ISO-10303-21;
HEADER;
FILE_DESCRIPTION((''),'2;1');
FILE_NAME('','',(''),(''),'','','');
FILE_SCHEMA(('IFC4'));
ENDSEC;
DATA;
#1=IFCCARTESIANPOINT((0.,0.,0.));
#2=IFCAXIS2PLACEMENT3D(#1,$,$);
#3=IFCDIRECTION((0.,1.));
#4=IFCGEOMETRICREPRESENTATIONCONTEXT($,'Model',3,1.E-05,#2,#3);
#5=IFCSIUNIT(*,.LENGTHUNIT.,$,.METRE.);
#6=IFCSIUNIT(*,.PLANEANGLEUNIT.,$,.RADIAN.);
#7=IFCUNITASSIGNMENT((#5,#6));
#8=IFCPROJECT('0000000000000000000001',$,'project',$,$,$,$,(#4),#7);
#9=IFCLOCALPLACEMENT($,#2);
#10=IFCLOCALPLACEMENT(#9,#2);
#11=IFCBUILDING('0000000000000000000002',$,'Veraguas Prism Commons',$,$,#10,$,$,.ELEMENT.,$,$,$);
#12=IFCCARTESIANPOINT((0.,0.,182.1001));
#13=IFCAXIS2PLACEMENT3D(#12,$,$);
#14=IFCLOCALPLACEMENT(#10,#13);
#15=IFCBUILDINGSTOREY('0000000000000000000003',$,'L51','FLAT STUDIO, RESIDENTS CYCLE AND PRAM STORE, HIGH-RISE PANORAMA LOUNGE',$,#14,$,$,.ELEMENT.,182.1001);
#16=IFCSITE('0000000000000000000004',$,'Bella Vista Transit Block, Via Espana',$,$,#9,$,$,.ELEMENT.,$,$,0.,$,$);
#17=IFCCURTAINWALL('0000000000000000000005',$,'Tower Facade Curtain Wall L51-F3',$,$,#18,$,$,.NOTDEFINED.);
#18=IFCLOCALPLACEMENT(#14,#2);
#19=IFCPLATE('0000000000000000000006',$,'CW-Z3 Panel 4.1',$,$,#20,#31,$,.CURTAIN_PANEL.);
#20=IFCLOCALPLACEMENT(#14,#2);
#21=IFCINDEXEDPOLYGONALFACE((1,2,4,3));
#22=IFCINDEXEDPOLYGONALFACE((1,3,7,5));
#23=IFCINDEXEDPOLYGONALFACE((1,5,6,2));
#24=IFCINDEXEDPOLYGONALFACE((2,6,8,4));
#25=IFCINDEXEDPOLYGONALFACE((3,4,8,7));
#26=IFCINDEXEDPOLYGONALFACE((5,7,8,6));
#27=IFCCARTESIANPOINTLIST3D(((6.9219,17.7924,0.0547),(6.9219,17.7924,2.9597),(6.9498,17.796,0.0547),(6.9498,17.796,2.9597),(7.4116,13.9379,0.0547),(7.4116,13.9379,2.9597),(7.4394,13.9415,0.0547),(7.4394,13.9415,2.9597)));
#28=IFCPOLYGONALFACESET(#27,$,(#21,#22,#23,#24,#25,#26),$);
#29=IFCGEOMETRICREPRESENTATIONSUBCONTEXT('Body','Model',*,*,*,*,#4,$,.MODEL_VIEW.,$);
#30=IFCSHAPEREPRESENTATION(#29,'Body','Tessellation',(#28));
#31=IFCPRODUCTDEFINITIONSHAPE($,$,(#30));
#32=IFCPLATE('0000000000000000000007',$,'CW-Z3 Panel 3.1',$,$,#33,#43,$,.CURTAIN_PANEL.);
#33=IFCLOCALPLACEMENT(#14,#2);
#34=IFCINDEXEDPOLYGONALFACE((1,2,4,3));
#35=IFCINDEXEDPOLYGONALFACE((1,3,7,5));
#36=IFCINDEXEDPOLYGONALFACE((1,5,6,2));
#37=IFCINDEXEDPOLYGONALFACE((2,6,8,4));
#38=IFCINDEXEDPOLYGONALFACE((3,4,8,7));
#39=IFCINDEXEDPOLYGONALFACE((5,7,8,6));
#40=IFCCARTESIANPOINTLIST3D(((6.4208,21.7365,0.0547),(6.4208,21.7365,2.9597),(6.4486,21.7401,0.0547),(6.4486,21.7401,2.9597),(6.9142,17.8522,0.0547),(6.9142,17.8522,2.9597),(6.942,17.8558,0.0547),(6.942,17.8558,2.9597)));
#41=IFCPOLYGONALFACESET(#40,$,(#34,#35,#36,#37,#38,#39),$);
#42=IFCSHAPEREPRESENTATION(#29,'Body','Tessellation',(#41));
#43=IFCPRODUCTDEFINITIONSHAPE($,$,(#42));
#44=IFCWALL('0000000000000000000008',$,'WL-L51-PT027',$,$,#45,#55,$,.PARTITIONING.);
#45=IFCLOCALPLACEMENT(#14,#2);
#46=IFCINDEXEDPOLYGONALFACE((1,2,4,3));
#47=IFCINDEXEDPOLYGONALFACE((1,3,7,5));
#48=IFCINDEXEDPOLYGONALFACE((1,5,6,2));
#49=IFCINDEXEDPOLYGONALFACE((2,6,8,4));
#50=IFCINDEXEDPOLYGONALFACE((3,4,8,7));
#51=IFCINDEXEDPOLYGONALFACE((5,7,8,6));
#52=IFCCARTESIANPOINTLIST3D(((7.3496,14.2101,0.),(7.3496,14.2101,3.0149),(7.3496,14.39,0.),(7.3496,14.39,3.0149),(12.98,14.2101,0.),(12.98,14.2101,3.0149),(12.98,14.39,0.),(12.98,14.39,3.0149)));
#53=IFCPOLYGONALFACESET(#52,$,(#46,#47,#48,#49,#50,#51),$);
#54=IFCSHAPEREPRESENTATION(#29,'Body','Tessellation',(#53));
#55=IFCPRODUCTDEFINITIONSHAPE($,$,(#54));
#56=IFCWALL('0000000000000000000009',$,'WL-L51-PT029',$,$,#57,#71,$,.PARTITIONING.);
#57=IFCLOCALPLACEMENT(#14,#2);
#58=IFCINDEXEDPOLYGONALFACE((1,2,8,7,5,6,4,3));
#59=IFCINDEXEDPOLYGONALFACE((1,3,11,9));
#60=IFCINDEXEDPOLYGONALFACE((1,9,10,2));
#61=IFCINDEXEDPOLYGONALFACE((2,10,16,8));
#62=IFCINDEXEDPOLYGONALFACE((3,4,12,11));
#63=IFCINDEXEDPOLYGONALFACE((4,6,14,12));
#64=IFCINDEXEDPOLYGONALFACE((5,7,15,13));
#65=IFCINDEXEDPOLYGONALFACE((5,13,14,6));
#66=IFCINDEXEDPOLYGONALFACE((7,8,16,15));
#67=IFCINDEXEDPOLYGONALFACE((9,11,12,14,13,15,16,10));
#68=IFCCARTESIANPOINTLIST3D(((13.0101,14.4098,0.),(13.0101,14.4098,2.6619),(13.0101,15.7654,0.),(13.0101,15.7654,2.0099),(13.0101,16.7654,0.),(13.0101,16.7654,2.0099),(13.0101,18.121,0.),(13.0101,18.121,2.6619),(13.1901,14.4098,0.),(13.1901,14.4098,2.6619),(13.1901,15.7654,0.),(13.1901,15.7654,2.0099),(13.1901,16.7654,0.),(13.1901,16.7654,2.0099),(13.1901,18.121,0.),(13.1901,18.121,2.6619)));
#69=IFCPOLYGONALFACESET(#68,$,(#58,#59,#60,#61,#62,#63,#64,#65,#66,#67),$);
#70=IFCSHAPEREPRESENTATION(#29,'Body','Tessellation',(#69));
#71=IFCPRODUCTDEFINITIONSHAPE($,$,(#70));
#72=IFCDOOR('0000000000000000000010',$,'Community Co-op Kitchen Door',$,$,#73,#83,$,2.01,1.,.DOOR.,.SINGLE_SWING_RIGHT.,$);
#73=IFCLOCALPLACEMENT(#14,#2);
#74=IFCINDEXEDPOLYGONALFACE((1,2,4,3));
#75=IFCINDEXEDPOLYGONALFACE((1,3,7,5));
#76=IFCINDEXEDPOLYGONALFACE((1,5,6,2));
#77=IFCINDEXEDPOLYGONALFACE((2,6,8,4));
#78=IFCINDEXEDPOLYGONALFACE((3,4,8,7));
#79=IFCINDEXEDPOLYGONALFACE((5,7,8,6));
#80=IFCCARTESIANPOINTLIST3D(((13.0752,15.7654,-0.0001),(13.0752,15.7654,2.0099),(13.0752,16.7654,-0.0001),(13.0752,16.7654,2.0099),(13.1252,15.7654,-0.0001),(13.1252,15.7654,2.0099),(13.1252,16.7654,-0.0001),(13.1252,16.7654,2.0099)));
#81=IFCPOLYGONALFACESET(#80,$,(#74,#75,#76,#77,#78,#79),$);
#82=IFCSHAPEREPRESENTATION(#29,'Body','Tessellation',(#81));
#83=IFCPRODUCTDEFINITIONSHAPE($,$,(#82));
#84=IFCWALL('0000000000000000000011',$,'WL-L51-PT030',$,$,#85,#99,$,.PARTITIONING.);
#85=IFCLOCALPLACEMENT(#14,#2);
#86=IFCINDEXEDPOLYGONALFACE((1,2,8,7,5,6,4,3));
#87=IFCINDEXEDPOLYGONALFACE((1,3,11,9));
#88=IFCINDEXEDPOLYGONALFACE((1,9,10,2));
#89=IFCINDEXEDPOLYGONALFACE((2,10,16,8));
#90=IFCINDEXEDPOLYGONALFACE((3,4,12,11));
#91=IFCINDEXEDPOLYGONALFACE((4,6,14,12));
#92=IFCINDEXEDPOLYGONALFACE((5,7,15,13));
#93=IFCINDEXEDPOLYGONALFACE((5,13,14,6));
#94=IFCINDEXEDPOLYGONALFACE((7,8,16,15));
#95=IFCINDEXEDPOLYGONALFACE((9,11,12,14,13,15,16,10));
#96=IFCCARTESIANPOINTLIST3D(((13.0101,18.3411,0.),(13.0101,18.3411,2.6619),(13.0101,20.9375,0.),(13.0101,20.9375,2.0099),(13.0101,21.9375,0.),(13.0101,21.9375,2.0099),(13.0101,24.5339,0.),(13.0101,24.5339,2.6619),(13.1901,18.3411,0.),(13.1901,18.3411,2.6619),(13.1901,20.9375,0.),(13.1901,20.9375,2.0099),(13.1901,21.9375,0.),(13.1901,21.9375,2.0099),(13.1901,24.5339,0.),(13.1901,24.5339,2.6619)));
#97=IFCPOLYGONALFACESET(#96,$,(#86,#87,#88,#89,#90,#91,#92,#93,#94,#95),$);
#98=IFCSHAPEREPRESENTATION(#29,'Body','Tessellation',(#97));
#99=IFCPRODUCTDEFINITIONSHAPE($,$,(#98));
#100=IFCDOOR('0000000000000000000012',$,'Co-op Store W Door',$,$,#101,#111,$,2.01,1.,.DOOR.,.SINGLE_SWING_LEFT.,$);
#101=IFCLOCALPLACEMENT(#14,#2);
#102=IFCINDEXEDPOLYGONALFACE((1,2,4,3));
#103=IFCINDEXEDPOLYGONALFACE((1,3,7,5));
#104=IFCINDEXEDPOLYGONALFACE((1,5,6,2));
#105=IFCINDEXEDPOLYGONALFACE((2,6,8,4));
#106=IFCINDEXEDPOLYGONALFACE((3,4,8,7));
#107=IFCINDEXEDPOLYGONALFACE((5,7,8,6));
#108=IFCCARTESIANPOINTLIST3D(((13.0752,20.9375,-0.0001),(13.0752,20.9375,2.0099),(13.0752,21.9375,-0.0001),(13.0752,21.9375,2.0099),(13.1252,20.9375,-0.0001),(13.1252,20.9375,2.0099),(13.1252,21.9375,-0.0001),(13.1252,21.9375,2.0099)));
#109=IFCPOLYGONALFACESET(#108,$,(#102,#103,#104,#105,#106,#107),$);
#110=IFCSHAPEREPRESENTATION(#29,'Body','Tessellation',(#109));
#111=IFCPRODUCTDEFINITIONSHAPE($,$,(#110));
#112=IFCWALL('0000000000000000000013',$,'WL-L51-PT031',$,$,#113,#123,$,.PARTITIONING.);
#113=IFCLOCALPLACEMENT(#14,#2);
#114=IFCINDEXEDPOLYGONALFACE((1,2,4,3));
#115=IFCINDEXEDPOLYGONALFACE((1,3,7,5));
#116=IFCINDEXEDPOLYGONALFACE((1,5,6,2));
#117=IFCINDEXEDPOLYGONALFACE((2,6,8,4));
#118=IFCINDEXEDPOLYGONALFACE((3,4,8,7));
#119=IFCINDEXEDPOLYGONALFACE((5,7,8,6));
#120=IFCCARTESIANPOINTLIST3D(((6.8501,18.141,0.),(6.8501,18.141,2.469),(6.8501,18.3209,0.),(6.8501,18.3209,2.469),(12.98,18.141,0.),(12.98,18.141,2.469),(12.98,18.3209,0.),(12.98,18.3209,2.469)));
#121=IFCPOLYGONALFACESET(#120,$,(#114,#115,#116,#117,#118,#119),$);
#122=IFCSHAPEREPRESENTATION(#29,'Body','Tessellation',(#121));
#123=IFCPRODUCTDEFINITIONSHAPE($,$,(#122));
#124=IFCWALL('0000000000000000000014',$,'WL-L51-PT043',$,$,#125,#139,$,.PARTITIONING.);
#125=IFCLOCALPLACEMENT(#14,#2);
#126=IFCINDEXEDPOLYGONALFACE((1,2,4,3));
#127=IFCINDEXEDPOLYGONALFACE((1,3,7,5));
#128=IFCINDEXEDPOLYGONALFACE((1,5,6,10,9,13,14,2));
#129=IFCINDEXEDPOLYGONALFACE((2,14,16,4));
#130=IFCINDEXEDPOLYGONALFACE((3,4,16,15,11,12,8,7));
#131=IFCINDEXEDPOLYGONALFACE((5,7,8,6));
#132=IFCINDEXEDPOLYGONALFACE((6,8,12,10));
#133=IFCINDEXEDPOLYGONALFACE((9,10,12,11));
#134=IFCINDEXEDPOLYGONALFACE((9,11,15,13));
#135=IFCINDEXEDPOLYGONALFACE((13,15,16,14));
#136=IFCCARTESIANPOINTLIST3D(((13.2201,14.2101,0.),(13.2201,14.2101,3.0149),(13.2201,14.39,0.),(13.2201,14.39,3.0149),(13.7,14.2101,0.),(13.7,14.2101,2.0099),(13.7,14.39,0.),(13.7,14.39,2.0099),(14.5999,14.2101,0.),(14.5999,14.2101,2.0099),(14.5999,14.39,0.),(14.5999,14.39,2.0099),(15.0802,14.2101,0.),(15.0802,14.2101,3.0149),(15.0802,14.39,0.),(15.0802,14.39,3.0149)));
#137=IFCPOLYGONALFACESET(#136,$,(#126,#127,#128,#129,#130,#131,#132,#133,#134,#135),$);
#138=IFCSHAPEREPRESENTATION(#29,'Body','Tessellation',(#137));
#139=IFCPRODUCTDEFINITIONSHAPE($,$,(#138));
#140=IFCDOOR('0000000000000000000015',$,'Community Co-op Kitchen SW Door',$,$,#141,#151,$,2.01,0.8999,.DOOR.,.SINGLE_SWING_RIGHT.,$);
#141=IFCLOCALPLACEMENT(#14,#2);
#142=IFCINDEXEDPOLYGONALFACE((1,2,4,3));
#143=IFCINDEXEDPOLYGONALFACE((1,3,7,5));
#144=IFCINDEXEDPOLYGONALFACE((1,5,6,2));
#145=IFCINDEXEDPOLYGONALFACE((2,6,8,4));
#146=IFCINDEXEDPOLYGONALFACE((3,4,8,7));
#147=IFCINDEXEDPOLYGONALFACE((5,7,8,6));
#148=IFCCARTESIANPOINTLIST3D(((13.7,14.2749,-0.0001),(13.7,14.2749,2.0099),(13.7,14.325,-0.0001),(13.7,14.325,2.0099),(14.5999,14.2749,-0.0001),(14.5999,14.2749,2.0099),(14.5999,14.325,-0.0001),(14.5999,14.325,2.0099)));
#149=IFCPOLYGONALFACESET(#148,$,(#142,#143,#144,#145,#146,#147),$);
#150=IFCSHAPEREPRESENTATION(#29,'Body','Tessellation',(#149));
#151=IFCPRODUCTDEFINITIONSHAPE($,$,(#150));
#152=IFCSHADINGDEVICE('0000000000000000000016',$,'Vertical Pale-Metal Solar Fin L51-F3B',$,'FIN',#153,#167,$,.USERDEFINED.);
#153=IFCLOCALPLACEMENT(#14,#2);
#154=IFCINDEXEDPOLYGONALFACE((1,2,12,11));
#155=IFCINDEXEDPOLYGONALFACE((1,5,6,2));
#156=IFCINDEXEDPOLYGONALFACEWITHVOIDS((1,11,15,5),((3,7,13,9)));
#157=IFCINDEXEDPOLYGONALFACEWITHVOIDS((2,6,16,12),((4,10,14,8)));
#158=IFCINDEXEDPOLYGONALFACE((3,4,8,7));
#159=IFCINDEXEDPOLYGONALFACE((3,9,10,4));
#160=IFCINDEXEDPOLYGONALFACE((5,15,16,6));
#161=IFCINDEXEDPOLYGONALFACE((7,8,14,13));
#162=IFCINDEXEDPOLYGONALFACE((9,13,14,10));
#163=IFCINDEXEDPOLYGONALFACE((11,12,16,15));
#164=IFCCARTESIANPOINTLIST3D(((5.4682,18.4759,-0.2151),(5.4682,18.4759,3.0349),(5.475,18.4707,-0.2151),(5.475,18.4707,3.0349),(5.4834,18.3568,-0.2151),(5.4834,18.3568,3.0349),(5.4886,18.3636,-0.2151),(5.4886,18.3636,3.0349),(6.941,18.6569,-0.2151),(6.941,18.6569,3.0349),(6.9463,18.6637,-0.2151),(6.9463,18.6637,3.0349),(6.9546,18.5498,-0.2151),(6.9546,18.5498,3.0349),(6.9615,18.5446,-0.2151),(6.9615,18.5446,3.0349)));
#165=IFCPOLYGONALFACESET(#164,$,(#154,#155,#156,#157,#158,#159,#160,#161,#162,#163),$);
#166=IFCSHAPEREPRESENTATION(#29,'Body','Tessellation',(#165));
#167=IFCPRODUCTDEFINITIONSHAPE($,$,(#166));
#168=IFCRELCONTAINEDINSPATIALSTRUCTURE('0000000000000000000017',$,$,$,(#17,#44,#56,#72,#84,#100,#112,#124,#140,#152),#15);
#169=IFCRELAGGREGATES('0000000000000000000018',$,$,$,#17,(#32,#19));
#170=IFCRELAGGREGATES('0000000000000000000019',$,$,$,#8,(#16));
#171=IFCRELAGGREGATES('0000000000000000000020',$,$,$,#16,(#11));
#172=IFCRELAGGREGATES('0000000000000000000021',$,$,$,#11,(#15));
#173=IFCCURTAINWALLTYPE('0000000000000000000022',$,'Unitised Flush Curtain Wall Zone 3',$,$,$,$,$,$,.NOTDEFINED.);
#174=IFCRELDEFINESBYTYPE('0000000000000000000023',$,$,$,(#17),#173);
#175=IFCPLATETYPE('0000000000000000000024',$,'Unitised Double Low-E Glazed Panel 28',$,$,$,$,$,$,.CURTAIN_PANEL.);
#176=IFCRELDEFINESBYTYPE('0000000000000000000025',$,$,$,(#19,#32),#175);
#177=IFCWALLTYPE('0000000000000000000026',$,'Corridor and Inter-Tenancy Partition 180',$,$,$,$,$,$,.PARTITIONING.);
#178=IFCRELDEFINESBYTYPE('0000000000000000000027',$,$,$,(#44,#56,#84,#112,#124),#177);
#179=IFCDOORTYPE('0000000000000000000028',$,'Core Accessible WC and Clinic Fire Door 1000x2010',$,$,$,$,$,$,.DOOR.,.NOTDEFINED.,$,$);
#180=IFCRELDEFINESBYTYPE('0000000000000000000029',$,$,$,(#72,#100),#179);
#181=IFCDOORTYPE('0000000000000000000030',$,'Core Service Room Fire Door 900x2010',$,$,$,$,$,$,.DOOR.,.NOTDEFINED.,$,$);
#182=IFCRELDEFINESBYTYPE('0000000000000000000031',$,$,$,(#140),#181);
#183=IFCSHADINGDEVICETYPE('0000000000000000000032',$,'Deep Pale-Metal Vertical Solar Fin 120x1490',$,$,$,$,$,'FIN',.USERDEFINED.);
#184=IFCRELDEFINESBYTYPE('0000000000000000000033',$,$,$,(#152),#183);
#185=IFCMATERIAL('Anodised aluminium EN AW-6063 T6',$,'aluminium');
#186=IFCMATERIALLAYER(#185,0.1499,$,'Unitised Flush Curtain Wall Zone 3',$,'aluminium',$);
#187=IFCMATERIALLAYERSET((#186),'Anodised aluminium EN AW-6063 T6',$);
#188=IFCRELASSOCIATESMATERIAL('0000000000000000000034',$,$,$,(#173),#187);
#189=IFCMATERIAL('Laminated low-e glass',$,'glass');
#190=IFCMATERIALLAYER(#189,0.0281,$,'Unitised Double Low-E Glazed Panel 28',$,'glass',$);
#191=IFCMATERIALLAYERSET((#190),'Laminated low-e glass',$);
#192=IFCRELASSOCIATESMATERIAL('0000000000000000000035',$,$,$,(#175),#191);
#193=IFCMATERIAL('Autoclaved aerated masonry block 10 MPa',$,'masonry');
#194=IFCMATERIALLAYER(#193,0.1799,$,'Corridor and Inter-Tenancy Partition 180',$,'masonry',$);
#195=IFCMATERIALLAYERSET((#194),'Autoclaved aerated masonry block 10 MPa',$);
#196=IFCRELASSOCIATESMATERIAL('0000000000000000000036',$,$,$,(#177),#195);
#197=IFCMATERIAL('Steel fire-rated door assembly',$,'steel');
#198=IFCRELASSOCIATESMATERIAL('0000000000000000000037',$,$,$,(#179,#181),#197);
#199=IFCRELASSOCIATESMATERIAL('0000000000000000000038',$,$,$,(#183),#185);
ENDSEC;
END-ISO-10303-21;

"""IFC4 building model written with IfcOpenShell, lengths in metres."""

from ifc_helpers import new_model, si_unit, direction, frame, frame_2d, origin, origin_2d, place, context, subcontext, project, spatial, rectangle, hollow_rectangle, extrude, source, transform, mapped, material, layer, layer_set, material_profile, profile_set, type_object, element, fill, aggregate, save


model = new_model("IFC4")

# Units and contexts
model_context = context("Model", 3, precision=1e-05, world=origin(), true_north=direction((0.0, 1.0)))
body_context = subcontext(model_context, "Body", "Model", "MODEL_VIEW")
ifc_project = project(units=[si_unit("LENGTHUNIT", "METRE"), si_unit("PLANEANGLEUNIT", "RADIAN")], contexts=[model_context])

# Site, building, storey
site_placement = place(None, origin())
site = spatial("IfcSite", under=ifc_project, at=site_placement, Name="Bella Vista Transit Block, Via Espana", CompositionType="ELEMENT", RefElevation=0.0)
building_placement = place(site_placement, origin())
building = spatial("IfcBuilding", under=site, at=building_placement, Name="Veraguas Prism Commons", CompositionType="ELEMENT")
storey_placement = place(building_placement, frame((0.0, 0.0, 182.1001)))
storey = spatial("IfcBuildingStorey", under=building, at=storey_placement, Name="L51", Description="FLAT STUDIO, RESIDENTS CYCLE AND PRAM STORE, HIGH-RISE PANORAMA LOUNGE", CompositionType="ELEMENT", Elevation=182.1001)

# Curtain wall
ifc_material_1 = material(Name="Anodised aluminium EN AW-6063 T6", Category="aluminium")
ifc_layer_1 = layer(ifc_material_1, 0.1499, Name="Unitised Flush Curtain Wall Zone 3", Category="aluminium")
ifc_layer_set_1 = layer_set([ifc_layer_1], Name="Anodised aluminium EN AW-6063 T6")
curtain_wall_type = type_object("IfcCurtainWallType", Name="Unitised Flush Curtain Wall Zone 3", PredefinedType="NOTDEFINED", material=ifc_layer_set_1)
curtain_wall_1_placement = place(storey_placement, origin())
curtain_wall_1 = element("IfcCurtainWall", 1, at=curtain_wall_1_placement, inside=storey, type_object=curtain_wall_type, Name="Tower Facade Curtain Wall L51-F3", PredefinedType="NOTDEFINED")

# Plates
ifc_material_2 = material(Name="Laminated low-e glass", Category="glass")
ifc_layer_2 = layer(ifc_material_2, 0.0281, Name="Unitised Double Low-E Glazed Panel 28", Category="glass")
ifc_layer_set_2 = layer_set([ifc_layer_2], Name="Laminated low-e glass")
plate_type = type_object("IfcPlateType", Name="Unitised Double Low-E Glazed Panel 28", PredefinedType="CURTAIN_PANEL", material=ifc_layer_set_2)
shared_shape_1 = source(origin(), body_context, "Body", "SweptSolid", [
    extrude(rectangle(XDim=3.8855, YDim=0.0281, at=origin_2d()), origin(), (0.0, 0.0, 1.0), 2.905),
])
plate_1_placement = place(storey_placement, frame((7.1807, 15.8669, 0.0547), z_axis=(0.0, 0.0, 1.0), x_axis=(0.126019, -0.992028, 0.0)))
plate_1 = element("IfcPlate", 2, at=plate_1_placement, type_object=plate_type, Name="CW-Z3 Panel 4.1", PredefinedType="CURTAIN_PANEL", context=body_context, shape_type="MappedRepresentation", body=[
    mapped(shared_shape_1, transform((0.0, 0.0, 0.0), scale=1.0)),
])
shared_shape_2 = source(origin(), body_context, "Body", "SweptSolid", [
    extrude(rectangle(XDim=3.9155, YDim=0.0281, at=origin_2d()), origin(), (0.0, 0.0, 1.0), 2.905),
])
plate_2_placement = place(storey_placement, frame((6.6814, 19.7961, 0.0547), z_axis=(0.0, 0.0, 1.0), x_axis=(0.126019, -0.992028, 0.0)))
plate_2 = element("IfcPlate", 3, at=plate_2_placement, type_object=plate_type, Name="CW-Z3 Panel 3.1", PredefinedType="CURTAIN_PANEL", context=body_context, shape_type="MappedRepresentation", body=[
    mapped(shared_shape_2, transform((0.0, 0.0, 0.0), scale=1.0)),
])
aggregate(curtain_wall_1, [plate_2, plate_1])

# Wall
ifc_material_3 = material(Name="Autoclaved aerated masonry block 10 MPa", Category="masonry")
ifc_layer_3 = layer(ifc_material_3, 0.1799, Name="Corridor and Inter-Tenancy Partition 180", Category="masonry")
ifc_layer_set_3 = layer_set([ifc_layer_3], Name="Autoclaved aerated masonry block 10 MPa")
wall_type = type_object("IfcWallType", Name="Corridor and Inter-Tenancy Partition 180", PredefinedType="PARTITIONING", material=ifc_layer_set_3)
wall_1_placement = place(storey_placement, frame((12.98, 14.3, 0.0), z_axis=(0.0, 0.0, 1.0), x_axis=(-1.0, 0.0, 0.0)))
element("IfcWall", 4, at=wall_1_placement, inside=storey, type_object=wall_type, Name="WL-L51-PT027", PredefinedType="PARTITIONING", context=body_context, shape_type="SweptSolid", body=[
    extrude(rectangle(XDim=5.6304, YDim=0.1799, at=frame_2d((2.8152, 0.0))), origin(), (0.0, 0.0, 1.0), 3.0149),
])

# Walls, openings, doors
wall_2_placement = place(storey_placement, frame((13.1001, 14.4099, 0.0), z_axis=(0.0, 0.0, 1.0), x_axis=(0.0, 1.0, 0.0)))
wall_2 = element("IfcWall", 5, at=wall_2_placement, inside=storey, type_object=wall_type, Name="WL-L51-PT029", PredefinedType="PARTITIONING", context=body_context, shape_type="SweptSolid", body=[
    extrude(rectangle(XDim=3.7112, YDim=0.1799, at=frame_2d((1.8555, 0.0))), origin(), (0.0, 0.0, 1.0), 2.6619),
])
opening_1_placement = place(wall_2_placement, frame((1.3555, 0.0, 0.0)))
opening_1 = element("IfcOpeningElement", 6, at=opening_1_placement, cuts=wall_2, PredefinedType="OPENING", context=body_context, shape_type="SweptSolid", body=[
    extrude(rectangle(XDim=1.0, YDim=2.01, at=frame_2d((0.5, 1.0049))), frame((0.0, 0.0999, 0.0), z_axis=(0.0, -1.0, 0.0), x_axis=(1.0, 0.0, 0.0)), (0.0, 0.0, 1.0), 0.2),
])
ifc_material_4 = material(Name="Steel fire-rated door assembly", Category="steel")
door_type_1 = type_object("IfcDoorType", Name="Core Accessible WC and Clinic Fire Door 1000x2010", OperationType="NOTDEFINED", PredefinedType="DOOR", material=ifc_material_4)
shared_shape_3 = source(origin(), body_context, "Body", "SweptSolid", [
    extrude(rectangle(XDim=1.0, YDim=2.01, at=frame_2d((0.5, 1.0049))), frame((0.0, 0.0249, 0.0), z_axis=(0.0, -1.0, 0.0), x_axis=(1.0, 0.0, 0.0)), (0.0, 0.0, 1.0), 0.05),
])
door_1_placement = place(opening_1_placement, origin())
door_1 = element("IfcDoor", 7, at=door_1_placement, inside=storey, type_object=door_type_1, Name="Community Co-op Kitchen Door", OperationType="SINGLE_SWING_RIGHT", OverallHeight=2.01, OverallWidth=1.0, PredefinedType="DOOR", context=body_context, shape_type="MappedRepresentation", body=[
    mapped(shared_shape_3, transform((0.0, 0.0, 0.0), scale=1.0)),
])
fill(opening_1, door_1)
wall_3_placement = place(storey_placement, frame((13.1001, 18.3411, 0.0), z_axis=(0.0, 0.0, 1.0), x_axis=(0.0, 1.0, 0.0)))
wall_3 = element("IfcWall", 8, at=wall_3_placement, inside=storey, type_object=wall_type, Name="WL-L51-PT030", PredefinedType="PARTITIONING", context=body_context, shape_type="SweptSolid", body=[
    extrude(rectangle(XDim=6.1929, YDim=0.1799, at=frame_2d((3.0964, 0.0))), origin(), (0.0, 0.0, 1.0), 2.6619),
])
opening_2_placement = place(wall_3_placement, frame((2.5964, 0.0, 0.0)))
opening_2 = element("IfcOpeningElement", 9, at=opening_2_placement, cuts=wall_3, PredefinedType="OPENING", context=body_context, shape_type="SweptSolid", body=[
    extrude(rectangle(XDim=1.0, YDim=2.01, at=frame_2d((0.5, 1.0049))), frame((0.0, 0.0999, 0.0), z_axis=(0.0, -1.0, 0.0), x_axis=(1.0, 0.0, 0.0)), (0.0, 0.0, 1.0), 0.2),
])
door_2_placement = place(opening_2_placement, origin())
door_2 = element("IfcDoor", 10, at=door_2_placement, inside=storey, type_object=door_type_1, Name="Co-op Store W Door", OperationType="SINGLE_SWING_LEFT", OverallHeight=2.01, OverallWidth=1.0, PredefinedType="DOOR", context=body_context, shape_type="MappedRepresentation", body=[
    mapped(shared_shape_3, transform((0.0, 0.0, 0.0), scale=1.0)),
])
fill(opening_2, door_2)

# Wall
wall_4_placement = place(storey_placement, frame((12.98, 18.231, 0.0), z_axis=(0.0, 0.0, 1.0), x_axis=(-1.0, 0.0, 0.0)))
element("IfcWall", 11, at=wall_4_placement, inside=storey, type_object=wall_type, Name="WL-L51-PT031", PredefinedType="PARTITIONING", context=body_context, shape_type="SweptSolid", body=[
    extrude(rectangle(XDim=6.1299, YDim=0.1799, at=frame_2d((3.0649, 0.0))), origin(), (0.0, 0.0, 1.0), 2.469),
])

# Wall, opening, door
wall_5_placement = place(storey_placement, frame((13.22, 14.3, 0.0), z_axis=(0.0, 0.0, 1.0), x_axis=(1.0, 0.0, 0.0)))
wall_5 = element("IfcWall", 12, at=wall_5_placement, inside=storey, type_object=wall_type, Name="WL-L51-PT043", PredefinedType="PARTITIONING", context=body_context, shape_type="SweptSolid", body=[
    extrude(rectangle(XDim=1.8601, YDim=0.1799, at=frame_2d((0.9302, 0.0))), origin(), (0.0, 0.0, 1.0), 3.0149),
])
opening_3_placement = place(wall_5_placement, frame((0.48, 0.0, 0.0)))
opening_3 = element("IfcOpeningElement", 13, at=opening_3_placement, cuts=wall_5, PredefinedType="OPENING", context=body_context, shape_type="SweptSolid", body=[
    extrude(rectangle(XDim=0.8999, YDim=2.01, at=frame_2d((0.45, 1.0049))), frame((0.0, 0.0999, 0.0), z_axis=(0.0, -1.0, 0.0), x_axis=(1.0, 0.0, 0.0)), (0.0, 0.0, 1.0), 0.2),
])
door_type_2 = type_object("IfcDoorType", Name="Core Service Room Fire Door 900x2010", OperationType="NOTDEFINED", PredefinedType="DOOR", material=ifc_material_4)
shared_shape_4 = source(origin(), body_context, "Body", "SweptSolid", [
    extrude(rectangle(XDim=0.8999, YDim=2.01, at=frame_2d((0.45, 1.0049))), frame((0.0, 0.0249, 0.0), z_axis=(0.0, -1.0, 0.0), x_axis=(1.0, 0.0, 0.0)), (0.0, 0.0, 1.0), 0.05),
])
door_3_placement = place(opening_3_placement, origin())
door_3 = element("IfcDoor", 14, at=door_3_placement, inside=storey, type_object=door_type_2, Name="Community Co-op Kitchen SW Door", OperationType="SINGLE_SWING_RIGHT", OverallHeight=2.01, OverallWidth=0.8999, PredefinedType="DOOR", context=body_context, shape_type="MappedRepresentation", body=[
    mapped(shared_shape_4, transform((0.0, 0.0, 0.0), scale=1.0)),
])
fill(opening_3, door_3)

# Shading device
ifc_material_profile_1 = material_profile(ifc_material_1, hollow_rectangle(XDim=0.1201, YDim=1.49, WallThickness=0.0061, at=origin_2d()), Name="FIN120X1490X6")
ifc_profile_set_1 = profile_set([ifc_material_profile_1], Name="Anodised aluminium EN AW-6063 T6")
shading_device_type = type_object("IfcShadingDeviceType", Name="Deep Pale-Metal Vertical Solar Fin 120x1490", ElementType="FIN", PredefinedType="USERDEFINED", material=ifc_profile_set_1)
shading_device_placement = place(storey_placement, frame((6.2148, 18.5103, -0.2151), z_axis=(0.0, 0.0, 1.0), x_axis=(0.126024, -0.992027, 0.0)))
element("IfcShadingDevice", 15, at=shading_device_placement, inside=storey, type_object=shading_device_type, Name="Vertical Pale-Metal Solar Fin L51-F3B", ObjectType="FIN", PredefinedType="USERDEFINED", context=body_context, shape_type="SweptSolid", body=[
    extrude(hollow_rectangle(XDim=0.1201, YDim=1.49, WallThickness=0.0061, at=origin_2d()), origin(), (0.0, 0.0, 1.0), 3.25),
])

save(model, "model.ifc")
